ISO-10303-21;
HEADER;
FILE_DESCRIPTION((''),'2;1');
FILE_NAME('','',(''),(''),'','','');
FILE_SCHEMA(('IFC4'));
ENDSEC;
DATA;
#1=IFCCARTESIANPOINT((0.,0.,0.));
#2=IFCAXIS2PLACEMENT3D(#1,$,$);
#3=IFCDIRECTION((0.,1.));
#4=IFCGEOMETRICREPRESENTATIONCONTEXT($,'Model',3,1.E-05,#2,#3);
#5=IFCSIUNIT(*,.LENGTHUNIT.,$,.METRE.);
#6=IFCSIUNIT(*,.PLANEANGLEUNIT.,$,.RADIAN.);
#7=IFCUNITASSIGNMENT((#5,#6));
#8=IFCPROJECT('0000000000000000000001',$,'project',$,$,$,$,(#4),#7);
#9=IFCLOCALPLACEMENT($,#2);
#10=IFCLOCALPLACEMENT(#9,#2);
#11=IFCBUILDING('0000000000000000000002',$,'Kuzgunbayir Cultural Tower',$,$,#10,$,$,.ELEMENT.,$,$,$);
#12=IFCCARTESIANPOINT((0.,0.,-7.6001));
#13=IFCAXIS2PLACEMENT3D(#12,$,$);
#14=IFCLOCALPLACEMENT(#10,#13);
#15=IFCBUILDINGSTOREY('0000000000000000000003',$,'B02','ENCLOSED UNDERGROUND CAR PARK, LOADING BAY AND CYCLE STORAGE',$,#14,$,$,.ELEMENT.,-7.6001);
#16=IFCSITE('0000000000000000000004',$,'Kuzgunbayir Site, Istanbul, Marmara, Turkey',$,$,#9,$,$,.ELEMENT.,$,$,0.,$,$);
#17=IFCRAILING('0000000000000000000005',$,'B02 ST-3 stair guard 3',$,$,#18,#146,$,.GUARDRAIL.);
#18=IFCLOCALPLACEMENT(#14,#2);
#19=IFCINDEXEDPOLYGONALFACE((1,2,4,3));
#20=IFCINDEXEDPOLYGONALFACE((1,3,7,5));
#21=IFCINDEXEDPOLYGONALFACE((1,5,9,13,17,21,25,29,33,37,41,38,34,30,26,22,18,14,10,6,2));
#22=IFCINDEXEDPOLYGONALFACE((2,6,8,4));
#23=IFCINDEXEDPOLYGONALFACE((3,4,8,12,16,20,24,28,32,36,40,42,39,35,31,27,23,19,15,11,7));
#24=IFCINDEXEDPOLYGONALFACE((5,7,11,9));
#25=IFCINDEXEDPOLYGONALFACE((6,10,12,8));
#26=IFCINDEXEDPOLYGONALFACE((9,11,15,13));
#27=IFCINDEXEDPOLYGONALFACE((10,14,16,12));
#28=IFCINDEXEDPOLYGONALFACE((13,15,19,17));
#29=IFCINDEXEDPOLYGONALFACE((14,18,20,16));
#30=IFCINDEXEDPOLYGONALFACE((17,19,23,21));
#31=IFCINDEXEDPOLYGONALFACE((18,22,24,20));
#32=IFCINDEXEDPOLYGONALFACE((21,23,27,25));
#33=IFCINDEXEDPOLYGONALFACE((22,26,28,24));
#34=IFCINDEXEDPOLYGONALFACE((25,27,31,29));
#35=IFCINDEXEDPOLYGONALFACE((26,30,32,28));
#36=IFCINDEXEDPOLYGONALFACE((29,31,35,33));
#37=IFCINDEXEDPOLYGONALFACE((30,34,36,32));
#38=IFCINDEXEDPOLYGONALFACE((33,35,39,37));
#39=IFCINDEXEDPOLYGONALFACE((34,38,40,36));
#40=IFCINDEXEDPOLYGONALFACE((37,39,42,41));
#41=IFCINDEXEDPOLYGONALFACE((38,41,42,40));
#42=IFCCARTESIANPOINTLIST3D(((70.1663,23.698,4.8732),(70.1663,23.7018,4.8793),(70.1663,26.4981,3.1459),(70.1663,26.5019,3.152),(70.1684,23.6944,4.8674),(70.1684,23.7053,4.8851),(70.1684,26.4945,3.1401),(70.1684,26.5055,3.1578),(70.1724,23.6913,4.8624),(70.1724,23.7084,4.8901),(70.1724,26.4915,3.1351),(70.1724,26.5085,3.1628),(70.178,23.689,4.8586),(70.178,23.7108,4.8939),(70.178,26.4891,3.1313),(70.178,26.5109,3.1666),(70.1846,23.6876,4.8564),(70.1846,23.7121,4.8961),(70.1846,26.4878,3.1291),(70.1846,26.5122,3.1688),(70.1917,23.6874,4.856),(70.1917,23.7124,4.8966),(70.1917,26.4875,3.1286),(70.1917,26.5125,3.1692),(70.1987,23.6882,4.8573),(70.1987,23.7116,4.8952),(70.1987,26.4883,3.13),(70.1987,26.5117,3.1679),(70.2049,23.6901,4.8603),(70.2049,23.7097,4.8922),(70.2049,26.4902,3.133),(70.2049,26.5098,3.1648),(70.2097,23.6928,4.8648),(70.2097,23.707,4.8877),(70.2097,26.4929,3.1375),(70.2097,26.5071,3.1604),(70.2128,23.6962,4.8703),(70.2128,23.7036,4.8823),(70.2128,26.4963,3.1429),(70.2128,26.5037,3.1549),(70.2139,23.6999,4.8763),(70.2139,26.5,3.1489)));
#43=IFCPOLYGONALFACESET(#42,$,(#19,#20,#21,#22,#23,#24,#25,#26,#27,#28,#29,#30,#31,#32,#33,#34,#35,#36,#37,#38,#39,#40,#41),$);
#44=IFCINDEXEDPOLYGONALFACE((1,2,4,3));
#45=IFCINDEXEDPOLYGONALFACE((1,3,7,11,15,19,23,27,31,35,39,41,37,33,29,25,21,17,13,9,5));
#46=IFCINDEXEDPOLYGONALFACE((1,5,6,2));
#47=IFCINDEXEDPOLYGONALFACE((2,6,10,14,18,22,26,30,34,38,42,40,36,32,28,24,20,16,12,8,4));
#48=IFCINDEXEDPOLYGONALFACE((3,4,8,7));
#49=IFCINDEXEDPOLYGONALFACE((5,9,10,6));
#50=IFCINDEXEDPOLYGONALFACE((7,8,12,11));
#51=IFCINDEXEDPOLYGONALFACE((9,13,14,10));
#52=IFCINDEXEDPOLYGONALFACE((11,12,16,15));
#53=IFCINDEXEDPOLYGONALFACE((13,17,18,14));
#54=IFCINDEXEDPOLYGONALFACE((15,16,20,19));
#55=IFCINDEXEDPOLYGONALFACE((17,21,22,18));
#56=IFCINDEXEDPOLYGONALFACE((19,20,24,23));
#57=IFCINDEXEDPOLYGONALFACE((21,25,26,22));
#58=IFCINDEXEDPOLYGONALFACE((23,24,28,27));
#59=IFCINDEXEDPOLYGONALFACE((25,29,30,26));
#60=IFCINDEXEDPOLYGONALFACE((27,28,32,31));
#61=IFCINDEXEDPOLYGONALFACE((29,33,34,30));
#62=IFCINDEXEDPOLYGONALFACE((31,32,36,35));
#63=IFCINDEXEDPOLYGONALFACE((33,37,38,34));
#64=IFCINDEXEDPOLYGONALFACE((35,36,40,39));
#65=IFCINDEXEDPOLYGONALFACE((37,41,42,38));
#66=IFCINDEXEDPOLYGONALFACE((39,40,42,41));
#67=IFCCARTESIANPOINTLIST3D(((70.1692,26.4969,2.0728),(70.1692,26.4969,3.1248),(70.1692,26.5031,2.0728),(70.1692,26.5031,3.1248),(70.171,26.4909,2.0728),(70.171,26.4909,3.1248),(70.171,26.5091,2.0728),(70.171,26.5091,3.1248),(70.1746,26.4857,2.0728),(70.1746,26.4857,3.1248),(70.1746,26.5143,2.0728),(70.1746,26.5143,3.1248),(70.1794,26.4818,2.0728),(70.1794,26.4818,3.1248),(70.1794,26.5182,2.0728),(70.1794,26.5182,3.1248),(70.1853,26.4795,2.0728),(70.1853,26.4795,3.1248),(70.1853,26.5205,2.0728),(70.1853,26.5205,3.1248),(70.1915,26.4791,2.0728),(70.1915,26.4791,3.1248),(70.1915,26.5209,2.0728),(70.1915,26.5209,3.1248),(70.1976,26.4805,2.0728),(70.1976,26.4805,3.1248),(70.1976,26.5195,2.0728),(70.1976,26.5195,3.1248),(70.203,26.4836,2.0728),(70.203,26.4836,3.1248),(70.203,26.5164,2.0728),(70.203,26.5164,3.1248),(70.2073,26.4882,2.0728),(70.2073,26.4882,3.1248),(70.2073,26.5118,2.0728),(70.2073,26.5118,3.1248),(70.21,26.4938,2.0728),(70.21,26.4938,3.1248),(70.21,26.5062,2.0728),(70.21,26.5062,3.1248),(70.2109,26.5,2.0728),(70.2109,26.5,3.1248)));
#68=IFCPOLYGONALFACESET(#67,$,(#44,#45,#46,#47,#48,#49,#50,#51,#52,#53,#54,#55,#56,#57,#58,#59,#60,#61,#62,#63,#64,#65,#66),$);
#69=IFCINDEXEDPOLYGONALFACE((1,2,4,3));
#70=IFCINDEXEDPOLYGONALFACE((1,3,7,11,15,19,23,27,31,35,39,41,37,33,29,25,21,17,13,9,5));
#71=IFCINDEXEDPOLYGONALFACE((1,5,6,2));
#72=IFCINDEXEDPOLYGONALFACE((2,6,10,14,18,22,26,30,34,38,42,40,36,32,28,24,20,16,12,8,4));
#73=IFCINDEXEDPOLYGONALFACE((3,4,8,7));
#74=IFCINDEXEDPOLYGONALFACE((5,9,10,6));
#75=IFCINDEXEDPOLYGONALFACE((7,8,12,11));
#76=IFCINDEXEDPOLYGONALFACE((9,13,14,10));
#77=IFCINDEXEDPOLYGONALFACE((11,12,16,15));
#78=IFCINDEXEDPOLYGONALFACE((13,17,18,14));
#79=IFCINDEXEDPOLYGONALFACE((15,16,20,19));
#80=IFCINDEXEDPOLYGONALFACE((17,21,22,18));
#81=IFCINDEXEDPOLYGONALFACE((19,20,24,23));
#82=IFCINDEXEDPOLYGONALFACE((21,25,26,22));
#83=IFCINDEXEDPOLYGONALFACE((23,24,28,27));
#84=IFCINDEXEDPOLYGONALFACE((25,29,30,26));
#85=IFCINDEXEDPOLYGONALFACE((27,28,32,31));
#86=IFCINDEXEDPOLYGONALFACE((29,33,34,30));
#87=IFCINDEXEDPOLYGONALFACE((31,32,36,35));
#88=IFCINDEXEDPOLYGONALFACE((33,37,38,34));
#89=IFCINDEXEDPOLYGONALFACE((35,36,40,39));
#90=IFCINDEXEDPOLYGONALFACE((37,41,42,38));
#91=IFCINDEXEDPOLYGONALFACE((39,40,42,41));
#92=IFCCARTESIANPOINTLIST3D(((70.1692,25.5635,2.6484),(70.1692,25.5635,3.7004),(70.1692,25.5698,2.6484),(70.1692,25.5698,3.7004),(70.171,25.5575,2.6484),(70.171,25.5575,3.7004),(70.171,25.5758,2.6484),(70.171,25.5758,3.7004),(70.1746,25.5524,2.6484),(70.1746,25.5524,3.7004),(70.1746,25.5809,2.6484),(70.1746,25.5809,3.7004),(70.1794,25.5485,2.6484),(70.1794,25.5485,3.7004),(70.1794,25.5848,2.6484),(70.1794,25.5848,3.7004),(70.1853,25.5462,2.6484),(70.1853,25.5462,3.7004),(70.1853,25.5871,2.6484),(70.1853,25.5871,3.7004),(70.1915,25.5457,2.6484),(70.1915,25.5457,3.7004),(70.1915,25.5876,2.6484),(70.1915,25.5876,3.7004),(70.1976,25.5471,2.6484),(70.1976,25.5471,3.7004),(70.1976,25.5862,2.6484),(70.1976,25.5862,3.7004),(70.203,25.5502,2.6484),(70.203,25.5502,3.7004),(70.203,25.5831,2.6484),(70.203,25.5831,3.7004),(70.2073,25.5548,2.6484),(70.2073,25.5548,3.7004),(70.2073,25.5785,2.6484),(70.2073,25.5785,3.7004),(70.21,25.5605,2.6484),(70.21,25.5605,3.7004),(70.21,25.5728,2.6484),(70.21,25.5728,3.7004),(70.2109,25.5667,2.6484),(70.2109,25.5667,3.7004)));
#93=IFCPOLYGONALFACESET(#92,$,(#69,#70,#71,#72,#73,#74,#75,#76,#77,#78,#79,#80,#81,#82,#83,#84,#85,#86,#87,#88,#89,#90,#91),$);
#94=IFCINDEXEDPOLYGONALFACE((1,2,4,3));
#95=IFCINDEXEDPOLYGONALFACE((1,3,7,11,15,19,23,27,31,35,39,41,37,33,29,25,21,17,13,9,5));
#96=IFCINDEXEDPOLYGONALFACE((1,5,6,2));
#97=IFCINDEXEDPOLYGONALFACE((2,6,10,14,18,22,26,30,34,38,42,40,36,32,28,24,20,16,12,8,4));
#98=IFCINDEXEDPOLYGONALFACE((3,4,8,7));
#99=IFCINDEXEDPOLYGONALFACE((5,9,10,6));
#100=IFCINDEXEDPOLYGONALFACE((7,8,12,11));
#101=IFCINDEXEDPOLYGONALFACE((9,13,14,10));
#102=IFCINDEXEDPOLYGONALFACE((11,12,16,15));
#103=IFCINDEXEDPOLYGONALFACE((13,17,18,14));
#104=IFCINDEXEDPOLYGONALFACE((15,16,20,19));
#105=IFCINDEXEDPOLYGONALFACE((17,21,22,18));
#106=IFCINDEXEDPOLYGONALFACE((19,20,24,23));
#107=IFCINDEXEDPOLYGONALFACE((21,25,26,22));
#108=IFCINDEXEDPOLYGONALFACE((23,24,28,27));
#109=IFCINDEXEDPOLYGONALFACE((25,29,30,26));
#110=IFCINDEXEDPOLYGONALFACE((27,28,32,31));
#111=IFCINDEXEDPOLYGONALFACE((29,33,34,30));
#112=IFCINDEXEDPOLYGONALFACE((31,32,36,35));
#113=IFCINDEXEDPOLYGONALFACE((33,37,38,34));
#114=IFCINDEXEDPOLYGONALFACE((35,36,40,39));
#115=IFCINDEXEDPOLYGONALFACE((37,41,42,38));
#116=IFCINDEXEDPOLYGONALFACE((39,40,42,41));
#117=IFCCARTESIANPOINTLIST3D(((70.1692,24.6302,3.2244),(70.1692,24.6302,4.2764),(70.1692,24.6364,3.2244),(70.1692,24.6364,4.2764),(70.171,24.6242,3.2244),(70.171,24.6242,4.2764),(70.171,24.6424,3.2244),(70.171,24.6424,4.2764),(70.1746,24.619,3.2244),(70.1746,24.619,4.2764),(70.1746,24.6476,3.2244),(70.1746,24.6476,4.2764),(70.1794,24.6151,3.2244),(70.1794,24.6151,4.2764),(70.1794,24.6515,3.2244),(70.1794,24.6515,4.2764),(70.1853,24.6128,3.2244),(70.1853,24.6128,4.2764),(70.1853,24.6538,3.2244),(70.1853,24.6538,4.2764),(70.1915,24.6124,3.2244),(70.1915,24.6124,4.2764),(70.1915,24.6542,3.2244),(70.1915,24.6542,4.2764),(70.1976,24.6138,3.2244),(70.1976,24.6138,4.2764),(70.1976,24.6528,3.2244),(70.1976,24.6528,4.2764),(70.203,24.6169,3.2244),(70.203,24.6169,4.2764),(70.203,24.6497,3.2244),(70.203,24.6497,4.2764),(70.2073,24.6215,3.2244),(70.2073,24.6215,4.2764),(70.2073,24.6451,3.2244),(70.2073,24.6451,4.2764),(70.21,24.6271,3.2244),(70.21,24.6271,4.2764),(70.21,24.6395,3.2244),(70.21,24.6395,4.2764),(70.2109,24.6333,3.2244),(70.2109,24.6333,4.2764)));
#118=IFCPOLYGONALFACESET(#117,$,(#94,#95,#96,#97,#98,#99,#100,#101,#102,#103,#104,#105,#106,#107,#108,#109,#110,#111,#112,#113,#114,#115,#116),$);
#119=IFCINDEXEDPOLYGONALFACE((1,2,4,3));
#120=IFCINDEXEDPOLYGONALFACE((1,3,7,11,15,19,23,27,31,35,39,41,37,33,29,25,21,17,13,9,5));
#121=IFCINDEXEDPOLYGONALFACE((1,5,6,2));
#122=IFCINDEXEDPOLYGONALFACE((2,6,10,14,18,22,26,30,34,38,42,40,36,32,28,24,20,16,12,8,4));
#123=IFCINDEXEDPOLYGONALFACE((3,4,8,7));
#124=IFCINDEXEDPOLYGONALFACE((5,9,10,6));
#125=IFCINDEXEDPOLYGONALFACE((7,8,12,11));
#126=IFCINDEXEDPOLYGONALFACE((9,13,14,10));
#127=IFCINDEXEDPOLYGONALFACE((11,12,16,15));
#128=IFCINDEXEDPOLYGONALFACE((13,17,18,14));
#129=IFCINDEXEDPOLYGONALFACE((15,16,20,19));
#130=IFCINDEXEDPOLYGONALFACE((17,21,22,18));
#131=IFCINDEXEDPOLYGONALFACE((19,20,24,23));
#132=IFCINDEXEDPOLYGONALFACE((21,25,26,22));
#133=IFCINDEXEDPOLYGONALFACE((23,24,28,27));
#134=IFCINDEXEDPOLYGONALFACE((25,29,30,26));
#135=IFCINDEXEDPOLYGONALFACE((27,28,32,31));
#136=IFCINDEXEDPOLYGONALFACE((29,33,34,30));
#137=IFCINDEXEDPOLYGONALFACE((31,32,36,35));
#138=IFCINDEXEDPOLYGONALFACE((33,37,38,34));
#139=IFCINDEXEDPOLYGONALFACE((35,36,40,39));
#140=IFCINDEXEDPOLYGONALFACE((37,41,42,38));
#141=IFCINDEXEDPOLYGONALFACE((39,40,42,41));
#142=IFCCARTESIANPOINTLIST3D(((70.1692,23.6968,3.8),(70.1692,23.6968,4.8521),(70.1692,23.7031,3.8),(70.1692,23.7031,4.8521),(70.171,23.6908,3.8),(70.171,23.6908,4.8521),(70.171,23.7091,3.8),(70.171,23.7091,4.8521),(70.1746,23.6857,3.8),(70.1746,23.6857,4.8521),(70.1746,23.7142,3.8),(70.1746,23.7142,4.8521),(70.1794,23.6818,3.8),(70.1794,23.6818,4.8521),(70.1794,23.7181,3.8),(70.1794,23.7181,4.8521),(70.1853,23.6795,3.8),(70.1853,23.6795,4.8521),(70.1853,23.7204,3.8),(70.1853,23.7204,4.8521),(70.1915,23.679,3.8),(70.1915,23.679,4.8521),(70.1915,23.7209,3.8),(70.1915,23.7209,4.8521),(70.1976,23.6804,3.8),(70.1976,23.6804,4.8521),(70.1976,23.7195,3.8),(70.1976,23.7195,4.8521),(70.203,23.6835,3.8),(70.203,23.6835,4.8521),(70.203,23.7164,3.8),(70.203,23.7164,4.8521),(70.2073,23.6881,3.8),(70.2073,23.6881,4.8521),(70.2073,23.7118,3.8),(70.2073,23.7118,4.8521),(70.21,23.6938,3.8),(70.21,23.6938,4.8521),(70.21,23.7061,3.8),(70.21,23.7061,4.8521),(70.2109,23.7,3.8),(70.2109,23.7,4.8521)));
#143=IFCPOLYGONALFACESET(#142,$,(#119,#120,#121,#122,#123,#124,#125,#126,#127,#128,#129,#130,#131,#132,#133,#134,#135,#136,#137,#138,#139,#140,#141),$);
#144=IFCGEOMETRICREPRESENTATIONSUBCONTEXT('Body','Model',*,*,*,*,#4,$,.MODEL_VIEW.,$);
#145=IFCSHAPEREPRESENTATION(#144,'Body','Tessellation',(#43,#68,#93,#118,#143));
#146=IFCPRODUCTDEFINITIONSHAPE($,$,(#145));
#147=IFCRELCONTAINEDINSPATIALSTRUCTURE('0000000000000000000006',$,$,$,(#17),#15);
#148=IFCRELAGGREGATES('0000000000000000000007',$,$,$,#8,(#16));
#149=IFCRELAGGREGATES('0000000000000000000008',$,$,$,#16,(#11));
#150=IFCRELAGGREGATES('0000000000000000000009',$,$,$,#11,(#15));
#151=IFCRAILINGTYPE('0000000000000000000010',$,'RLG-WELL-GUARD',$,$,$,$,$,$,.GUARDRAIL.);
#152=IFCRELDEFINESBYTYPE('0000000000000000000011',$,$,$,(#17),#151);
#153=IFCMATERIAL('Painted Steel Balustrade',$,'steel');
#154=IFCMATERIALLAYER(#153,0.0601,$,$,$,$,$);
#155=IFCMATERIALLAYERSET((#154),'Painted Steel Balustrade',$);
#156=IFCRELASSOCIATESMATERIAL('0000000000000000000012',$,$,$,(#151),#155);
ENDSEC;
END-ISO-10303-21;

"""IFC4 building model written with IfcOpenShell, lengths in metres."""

from ifc_helpers import new_model, si_unit, direction, frame, origin, origin_2d, place, context, subcontext, project, spatial, circle, extrude, material, layer, layer_set, type_object, element, save


model = new_model("IFC4")

# Units and contexts
model_context = context("Model", 3, precision=1e-05, world=origin(), true_north=direction((0.0, 1.0)))
body_context = subcontext(model_context, "Body", "Model", "MODEL_VIEW")
ifc_project = project(units=[si_unit("LENGTHUNIT", "METRE"), si_unit("PLANEANGLEUNIT", "RADIAN")], contexts=[model_context])

# Site, building, storey
site_placement = place(None, origin())
site = spatial("IfcSite", under=ifc_project, at=site_placement, Name="Kuzgunbayir Site, Istanbul, Marmara, Turkey", CompositionType="ELEMENT", RefElevation=0.0)
building_placement = place(site_placement, origin())
building = spatial("IfcBuilding", under=site, at=building_placement, Name="Kuzgunbayir Cultural Tower", CompositionType="ELEMENT")
storey_placement = place(building_placement, frame((0.0, 0.0, -7.6001)))
storey = spatial("IfcBuildingStorey", under=building, at=storey_placement, Name="B02", Description="ENCLOSED UNDERGROUND CAR PARK, LOADING BAY AND CYCLE STORAGE", CompositionType="ELEMENT", Elevation=-7.6001)

# Railing
ifc_material_1 = material(Name="Painted Steel Balustrade", Category="steel")
ifc_layer_1 = layer(ifc_material_1, 0.0601)
ifc_layer_set_1 = layer_set([ifc_layer_1], Name="Painted Steel Balustrade")
railing_type_1 = type_object("IfcRailingType", Name="RLG-WELL-GUARD", PredefinedType="GUARDRAIL", material=ifc_layer_set_1)
railing_1_placement = place(storey_placement, frame((70.1899, 26.5, 2.0728)))
element("IfcRailing", 1, at=railing_1_placement, inside=storey, type_object=railing_type_1, Name="B02 ST-3 stair guard 3", PredefinedType="GUARDRAIL", context=body_context, shape_type="SweptSolid", body=[
    extrude(circle(Radius=0.0239, at=origin_2d()), frame((0.0, 0.0, 1.0762), z_axis=(0.0, -0.85109, 0.52502), x_axis=(1.0, 0.0, 0.0)), (0.0, 0.0, 1.0), 3.29),
    extrude(circle(Radius=0.021, at=origin_2d()), origin(), (0.0, 0.0, 1.0), 1.052),
    extrude(circle(Radius=0.021, at=origin_2d()), frame((0.0, -0.9333, 0.5757)), (0.0, 0.0, 1.0), 1.052),
    extrude(circle(Radius=0.021, at=origin_2d()), frame((0.0, -1.8667, 1.1516)), (0.0, 0.0, 1.0), 1.052),
    extrude(circle(Radius=0.021, at=origin_2d()), frame((0.0, -2.8, 1.7273)), (0.0, 0.0, 1.0), 1.052),
])

save(model, "model.ifc")
